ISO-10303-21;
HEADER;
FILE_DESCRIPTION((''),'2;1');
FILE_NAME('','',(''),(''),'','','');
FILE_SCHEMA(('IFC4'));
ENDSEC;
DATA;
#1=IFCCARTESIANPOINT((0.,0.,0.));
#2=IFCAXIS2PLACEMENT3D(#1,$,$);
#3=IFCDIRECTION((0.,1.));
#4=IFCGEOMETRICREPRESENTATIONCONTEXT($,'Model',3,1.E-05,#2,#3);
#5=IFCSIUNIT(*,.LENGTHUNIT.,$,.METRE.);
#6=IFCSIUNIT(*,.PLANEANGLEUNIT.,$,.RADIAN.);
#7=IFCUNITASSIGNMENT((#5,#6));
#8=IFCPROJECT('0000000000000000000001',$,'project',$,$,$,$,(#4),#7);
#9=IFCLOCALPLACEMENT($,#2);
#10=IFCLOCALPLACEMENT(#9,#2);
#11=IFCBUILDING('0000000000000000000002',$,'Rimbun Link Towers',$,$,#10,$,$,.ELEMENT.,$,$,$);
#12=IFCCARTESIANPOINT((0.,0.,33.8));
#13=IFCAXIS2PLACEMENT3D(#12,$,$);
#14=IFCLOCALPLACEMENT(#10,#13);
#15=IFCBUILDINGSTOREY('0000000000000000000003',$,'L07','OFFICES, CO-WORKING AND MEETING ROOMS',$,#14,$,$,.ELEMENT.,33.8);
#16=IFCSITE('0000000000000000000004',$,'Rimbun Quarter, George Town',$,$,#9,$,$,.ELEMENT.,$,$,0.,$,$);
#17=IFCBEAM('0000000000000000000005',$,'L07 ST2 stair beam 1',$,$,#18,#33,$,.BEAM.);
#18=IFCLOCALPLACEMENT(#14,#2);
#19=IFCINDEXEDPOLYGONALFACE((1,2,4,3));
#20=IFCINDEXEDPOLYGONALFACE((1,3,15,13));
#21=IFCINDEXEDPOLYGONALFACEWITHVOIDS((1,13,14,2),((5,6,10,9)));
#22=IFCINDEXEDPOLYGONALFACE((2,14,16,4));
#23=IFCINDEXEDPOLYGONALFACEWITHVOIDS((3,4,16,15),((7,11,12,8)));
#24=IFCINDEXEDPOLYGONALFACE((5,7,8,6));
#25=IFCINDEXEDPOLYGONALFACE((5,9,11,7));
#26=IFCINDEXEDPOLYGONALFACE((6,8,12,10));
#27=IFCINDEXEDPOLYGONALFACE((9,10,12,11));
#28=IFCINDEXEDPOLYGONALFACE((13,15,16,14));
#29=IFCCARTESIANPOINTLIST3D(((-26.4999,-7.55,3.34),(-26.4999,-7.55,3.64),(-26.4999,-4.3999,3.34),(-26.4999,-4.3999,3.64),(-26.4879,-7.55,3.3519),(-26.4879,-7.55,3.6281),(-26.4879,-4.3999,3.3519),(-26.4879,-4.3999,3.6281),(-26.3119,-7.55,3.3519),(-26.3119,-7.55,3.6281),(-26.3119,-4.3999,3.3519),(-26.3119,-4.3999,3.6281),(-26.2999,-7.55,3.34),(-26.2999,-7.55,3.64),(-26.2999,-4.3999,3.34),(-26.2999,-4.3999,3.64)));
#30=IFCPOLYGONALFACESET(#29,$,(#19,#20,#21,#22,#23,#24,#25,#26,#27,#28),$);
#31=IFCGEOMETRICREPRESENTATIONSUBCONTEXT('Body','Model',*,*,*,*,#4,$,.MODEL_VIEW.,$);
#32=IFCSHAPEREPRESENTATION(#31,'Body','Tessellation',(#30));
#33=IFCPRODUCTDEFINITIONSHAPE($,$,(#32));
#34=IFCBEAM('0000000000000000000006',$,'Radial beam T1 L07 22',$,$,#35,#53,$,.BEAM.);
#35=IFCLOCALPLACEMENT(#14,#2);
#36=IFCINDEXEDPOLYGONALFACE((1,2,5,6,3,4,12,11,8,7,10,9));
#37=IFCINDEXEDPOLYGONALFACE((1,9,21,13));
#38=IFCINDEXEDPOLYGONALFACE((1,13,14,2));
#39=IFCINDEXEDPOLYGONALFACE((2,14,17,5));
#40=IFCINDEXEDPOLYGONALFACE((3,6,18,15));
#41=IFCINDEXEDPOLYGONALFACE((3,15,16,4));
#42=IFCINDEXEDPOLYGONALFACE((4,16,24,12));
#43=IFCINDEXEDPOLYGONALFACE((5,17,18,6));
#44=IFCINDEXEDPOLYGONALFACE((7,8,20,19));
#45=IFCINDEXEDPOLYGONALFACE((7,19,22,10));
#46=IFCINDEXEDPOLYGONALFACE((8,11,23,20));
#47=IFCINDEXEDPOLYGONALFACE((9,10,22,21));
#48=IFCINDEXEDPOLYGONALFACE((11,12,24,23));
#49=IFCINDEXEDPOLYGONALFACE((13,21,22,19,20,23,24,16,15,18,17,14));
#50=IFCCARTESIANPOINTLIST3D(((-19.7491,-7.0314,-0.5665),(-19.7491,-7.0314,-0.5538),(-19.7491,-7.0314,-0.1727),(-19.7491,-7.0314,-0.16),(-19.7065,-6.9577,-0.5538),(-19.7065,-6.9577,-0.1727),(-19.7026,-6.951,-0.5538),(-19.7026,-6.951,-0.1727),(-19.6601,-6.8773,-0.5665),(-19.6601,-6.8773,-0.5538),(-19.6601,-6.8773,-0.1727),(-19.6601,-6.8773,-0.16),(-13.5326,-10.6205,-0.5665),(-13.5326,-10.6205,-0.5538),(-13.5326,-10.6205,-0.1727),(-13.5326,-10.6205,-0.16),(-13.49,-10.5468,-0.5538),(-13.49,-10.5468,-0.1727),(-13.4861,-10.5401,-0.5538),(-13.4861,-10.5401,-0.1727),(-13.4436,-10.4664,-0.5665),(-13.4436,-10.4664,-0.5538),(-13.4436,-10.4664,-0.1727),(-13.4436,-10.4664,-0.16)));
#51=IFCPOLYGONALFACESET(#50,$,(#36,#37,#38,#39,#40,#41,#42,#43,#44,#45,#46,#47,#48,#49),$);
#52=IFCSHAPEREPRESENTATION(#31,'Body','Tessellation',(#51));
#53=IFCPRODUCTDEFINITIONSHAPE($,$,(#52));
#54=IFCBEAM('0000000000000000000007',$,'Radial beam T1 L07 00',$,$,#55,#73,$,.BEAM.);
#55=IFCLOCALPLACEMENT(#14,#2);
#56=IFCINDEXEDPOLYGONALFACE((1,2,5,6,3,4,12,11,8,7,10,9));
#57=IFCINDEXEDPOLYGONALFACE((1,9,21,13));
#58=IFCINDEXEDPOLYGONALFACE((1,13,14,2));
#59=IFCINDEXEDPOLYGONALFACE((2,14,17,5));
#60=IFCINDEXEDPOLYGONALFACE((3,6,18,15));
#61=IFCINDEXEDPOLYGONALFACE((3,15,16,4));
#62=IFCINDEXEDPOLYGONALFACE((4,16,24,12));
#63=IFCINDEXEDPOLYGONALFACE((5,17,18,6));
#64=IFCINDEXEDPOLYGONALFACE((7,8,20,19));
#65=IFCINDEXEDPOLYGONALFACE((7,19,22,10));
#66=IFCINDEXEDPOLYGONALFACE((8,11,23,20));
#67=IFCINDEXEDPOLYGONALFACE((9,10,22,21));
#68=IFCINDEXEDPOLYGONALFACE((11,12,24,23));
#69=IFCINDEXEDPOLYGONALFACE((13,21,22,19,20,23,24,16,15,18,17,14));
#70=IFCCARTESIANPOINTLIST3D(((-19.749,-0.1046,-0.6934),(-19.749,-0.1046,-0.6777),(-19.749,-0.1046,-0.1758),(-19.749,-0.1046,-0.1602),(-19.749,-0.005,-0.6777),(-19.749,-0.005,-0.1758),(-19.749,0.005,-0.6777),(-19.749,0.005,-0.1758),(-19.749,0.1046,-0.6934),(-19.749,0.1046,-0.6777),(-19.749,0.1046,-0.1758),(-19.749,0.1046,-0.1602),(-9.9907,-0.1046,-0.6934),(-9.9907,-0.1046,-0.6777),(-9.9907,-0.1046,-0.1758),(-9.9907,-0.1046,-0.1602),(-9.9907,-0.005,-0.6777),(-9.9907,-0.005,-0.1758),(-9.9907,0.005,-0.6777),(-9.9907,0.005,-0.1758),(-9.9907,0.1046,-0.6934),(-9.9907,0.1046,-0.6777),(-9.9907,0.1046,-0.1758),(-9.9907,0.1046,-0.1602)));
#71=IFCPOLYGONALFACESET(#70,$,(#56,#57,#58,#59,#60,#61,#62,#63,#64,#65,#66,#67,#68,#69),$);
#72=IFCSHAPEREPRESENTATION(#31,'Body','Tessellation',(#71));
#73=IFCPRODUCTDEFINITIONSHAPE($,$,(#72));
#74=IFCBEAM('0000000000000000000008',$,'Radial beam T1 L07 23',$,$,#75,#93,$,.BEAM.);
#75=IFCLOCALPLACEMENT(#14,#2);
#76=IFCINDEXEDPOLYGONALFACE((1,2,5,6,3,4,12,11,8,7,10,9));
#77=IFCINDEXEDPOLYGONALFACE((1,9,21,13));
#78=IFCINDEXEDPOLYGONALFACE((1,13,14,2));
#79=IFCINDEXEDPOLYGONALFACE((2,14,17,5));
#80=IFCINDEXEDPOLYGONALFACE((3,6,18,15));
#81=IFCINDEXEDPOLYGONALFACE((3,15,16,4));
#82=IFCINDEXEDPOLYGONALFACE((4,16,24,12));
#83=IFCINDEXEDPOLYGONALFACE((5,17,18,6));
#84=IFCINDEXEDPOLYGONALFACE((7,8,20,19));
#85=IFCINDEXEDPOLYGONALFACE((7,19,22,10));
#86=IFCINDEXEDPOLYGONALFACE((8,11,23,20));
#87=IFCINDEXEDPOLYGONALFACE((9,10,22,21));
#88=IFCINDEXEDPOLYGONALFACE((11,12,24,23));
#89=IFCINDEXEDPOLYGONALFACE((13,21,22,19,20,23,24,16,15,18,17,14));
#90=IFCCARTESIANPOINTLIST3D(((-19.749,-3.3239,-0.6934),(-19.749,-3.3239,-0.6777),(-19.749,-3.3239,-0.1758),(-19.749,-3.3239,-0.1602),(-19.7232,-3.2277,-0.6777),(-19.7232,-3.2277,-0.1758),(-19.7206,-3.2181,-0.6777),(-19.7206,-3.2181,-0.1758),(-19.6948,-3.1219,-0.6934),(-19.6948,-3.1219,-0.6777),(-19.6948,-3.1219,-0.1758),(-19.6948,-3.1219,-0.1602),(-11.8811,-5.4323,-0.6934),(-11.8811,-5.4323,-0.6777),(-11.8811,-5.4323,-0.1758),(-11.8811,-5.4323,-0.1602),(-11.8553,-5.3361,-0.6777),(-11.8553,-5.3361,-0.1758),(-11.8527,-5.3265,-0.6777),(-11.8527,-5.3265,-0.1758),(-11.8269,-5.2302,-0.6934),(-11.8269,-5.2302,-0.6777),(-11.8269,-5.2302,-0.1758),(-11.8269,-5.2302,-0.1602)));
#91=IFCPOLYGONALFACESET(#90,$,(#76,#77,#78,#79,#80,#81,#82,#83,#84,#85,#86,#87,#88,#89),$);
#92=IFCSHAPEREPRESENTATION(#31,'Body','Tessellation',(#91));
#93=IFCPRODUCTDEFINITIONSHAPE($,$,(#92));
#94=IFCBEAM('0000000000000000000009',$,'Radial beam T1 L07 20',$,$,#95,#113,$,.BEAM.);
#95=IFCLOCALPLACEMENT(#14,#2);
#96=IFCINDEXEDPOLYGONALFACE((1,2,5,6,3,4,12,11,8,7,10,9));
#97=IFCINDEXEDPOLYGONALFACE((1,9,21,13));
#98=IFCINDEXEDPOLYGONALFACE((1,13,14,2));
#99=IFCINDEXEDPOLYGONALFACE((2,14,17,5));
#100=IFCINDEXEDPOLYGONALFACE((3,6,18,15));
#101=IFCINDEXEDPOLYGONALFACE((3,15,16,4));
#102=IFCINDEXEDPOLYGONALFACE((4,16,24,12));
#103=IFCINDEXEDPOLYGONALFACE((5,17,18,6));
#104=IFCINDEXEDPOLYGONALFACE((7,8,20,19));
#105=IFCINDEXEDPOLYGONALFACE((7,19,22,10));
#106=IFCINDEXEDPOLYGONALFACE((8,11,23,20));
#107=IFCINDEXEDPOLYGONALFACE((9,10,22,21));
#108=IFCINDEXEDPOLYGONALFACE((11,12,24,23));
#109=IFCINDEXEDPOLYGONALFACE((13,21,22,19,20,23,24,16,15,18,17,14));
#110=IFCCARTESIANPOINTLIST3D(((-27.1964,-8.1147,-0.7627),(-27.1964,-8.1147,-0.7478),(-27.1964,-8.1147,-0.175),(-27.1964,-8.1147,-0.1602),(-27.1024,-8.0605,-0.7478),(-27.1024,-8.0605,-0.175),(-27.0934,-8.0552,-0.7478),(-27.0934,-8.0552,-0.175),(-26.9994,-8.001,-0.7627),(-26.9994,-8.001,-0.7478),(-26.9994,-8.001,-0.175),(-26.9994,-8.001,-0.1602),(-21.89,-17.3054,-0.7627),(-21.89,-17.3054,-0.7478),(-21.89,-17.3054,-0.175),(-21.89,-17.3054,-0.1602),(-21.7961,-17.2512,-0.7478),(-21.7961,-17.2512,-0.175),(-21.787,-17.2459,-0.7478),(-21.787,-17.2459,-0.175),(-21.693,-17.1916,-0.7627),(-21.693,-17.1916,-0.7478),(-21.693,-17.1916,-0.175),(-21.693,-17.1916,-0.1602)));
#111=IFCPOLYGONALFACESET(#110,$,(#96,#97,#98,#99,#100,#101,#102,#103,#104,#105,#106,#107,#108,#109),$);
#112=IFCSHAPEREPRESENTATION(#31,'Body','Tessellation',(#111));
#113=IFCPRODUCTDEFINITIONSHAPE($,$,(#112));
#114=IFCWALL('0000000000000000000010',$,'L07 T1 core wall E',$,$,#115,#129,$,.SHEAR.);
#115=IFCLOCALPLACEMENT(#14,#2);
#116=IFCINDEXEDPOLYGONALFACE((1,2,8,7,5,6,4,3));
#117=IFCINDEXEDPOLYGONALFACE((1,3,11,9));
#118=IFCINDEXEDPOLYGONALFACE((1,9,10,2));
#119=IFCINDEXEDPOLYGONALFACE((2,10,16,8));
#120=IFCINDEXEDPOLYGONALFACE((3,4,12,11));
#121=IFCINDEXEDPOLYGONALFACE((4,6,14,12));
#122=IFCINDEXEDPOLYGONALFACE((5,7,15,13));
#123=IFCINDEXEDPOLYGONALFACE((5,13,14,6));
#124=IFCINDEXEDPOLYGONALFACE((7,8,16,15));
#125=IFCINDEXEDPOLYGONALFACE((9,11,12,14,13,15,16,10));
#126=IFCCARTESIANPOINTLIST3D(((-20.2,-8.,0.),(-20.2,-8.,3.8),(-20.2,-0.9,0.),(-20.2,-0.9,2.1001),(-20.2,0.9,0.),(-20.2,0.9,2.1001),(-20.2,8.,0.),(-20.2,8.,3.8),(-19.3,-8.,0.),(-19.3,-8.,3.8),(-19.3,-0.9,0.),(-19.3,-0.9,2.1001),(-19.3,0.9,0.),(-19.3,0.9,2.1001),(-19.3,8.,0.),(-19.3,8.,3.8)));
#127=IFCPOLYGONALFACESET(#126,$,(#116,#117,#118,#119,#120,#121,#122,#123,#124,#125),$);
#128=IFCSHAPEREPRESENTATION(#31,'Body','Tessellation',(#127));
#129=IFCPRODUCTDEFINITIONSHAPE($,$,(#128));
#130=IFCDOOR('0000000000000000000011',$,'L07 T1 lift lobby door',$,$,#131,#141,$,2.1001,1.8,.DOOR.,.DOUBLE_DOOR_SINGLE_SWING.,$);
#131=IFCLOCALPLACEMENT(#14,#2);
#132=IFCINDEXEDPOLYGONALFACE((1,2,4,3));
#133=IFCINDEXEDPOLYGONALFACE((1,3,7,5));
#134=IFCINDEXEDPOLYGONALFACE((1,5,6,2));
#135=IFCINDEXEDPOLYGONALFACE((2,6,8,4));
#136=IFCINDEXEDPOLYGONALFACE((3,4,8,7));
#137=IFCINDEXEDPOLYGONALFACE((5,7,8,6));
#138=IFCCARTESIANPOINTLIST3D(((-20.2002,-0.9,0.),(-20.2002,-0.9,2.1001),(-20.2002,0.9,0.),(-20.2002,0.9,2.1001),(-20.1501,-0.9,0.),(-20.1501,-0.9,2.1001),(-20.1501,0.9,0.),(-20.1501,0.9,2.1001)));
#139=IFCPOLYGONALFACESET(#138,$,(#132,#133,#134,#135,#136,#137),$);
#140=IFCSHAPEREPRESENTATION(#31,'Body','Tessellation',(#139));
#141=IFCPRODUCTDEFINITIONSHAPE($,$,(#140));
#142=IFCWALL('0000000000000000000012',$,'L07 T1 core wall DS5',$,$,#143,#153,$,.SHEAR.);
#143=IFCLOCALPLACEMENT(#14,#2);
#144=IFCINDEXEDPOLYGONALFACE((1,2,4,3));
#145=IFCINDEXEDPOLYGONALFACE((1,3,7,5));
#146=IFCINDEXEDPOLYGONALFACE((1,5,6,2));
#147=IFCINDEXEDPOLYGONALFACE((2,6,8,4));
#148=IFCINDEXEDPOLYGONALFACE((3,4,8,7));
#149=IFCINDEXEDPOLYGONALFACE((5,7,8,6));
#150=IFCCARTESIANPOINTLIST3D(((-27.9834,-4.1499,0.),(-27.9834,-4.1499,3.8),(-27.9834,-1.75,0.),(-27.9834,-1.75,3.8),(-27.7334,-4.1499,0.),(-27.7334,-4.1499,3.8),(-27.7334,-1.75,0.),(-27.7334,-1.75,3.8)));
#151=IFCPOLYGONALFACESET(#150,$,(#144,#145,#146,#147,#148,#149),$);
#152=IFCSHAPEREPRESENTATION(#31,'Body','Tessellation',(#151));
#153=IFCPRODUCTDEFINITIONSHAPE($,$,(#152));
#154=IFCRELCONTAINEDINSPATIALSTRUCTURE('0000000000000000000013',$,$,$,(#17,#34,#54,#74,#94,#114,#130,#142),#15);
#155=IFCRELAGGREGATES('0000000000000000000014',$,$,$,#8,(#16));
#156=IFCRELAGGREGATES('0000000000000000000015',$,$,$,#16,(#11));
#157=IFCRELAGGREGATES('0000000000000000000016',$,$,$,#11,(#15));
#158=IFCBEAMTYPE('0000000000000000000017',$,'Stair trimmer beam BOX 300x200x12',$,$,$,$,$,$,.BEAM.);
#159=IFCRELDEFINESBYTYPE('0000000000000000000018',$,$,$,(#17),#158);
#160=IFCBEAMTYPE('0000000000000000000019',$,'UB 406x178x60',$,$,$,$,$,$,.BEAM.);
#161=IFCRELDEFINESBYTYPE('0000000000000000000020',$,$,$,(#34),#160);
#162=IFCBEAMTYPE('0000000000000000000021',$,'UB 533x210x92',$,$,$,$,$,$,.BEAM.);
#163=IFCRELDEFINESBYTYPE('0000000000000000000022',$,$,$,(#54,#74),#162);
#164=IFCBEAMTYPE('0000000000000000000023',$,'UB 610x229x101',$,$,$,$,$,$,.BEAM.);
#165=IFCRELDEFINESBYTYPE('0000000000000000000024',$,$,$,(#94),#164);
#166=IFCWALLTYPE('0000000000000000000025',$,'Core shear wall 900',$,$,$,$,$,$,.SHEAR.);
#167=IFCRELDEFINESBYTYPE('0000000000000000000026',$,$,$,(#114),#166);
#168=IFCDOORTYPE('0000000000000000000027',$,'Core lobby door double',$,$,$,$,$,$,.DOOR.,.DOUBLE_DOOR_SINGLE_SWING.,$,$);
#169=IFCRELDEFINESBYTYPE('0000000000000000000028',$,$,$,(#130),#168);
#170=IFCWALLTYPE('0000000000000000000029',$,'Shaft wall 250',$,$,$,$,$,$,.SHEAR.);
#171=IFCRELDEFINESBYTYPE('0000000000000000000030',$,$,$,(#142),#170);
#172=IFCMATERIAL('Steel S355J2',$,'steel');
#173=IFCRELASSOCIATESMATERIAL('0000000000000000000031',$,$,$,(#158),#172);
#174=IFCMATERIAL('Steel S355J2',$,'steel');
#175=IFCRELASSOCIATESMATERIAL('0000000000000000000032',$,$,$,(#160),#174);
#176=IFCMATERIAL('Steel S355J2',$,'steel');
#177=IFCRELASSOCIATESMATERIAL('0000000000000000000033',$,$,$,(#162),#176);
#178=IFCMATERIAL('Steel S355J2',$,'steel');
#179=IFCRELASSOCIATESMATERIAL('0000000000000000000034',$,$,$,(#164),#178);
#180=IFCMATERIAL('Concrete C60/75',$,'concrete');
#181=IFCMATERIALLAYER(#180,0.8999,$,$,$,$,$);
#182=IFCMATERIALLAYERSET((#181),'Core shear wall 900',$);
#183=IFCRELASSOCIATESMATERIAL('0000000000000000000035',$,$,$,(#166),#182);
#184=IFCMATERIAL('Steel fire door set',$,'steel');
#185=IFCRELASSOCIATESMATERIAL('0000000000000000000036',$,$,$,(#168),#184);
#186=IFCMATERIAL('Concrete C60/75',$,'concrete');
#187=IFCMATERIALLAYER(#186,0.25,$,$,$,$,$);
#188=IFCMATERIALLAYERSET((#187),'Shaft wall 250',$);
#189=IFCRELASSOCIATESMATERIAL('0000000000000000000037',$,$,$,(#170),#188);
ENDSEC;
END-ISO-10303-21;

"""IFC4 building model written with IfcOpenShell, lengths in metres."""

from ifc_helpers import new_model, si_unit, direction, frame, frame_2d, origin, origin_2d, place, context, subcontext, project, spatial, rectangle, hollow_rectangle, i_section, extrude, material, layer, layer_set, material_profile, profile_set, type_object, element, fill, save


model = new_model("IFC4")

# Units and contexts
model_context = context("Model", 3, precision=1e-05, world=origin(), true_north=direction((0.0, 1.0)))
body_context = subcontext(model_context, "Body", "Model", "MODEL_VIEW")
ifc_project = project(units=[si_unit("LENGTHUNIT", "METRE"), si_unit("PLANEANGLEUNIT", "RADIAN")], contexts=[model_context])

# Site, building, storey
site_placement = place(None, origin())
site = spatial("IfcSite", under=ifc_project, at=site_placement, Name="Rimbun Quarter, George Town", CompositionType="ELEMENT", RefElevation=0.0)
building_placement = place(site_placement, origin())
building = spatial("IfcBuilding", under=site, at=building_placement, Name="Rimbun Link Towers", CompositionType="ELEMENT")
storey_placement = place(building_placement, frame((0.0, 0.0, 33.8)))
storey = spatial("IfcBuildingStorey", under=building, at=storey_placement, Name="L07", Description="OFFICES, CO-WORKING AND MEETING ROOMS", CompositionType="ELEMENT", Elevation=33.8)

# Beams
ifc_material_1 = material(Name="Steel S355J2", Category="steel")
ifc_material_profile_1 = material_profile(ifc_material_1, hollow_rectangle(XDim=0.2, YDim=0.3, WallThickness=0.012, at=origin_2d()), Name="BOX 300x200x12")
ifc_profile_set_1 = profile_set([ifc_material_profile_1], Name="Steel S355J2")
beam_type_1 = type_object("IfcBeamType", Name="Stair trimmer beam BOX 300x200x12", PredefinedType="BEAM", material=ifc_profile_set_1)
beam_1_placement = place(storey_placement, frame((-26.3999, -7.55, 3.49), z_axis=(0.0, 1.0, 0.0), x_axis=(-1.0, 0.0, 0.0)))
element("IfcBeam", 1, at=beam_1_placement, inside=storey, type_object=beam_type_1, Name="L07 ST2 stair beam 1", PredefinedType="BEAM", context=body_context, shape_type="SweptSolid", body=[
    extrude(hollow_rectangle(XDim=0.2, YDim=0.3, WallThickness=0.012, at=origin_2d()), origin(), (0.0, 0.0, 1.0), 3.1501),
])
ifc_material_2 = material(Name="Steel S355J2", Category="steel")
ifc_material_profile_2 = material_profile(ifc_material_2, i_section(OverallWidth=0.178, OverallDepth=0.4065, WebThickness=0.0078, FlangeThickness=0.0127, at=origin_2d()), Name="UB 406x178x60")
ifc_profile_set_2 = profile_set([ifc_material_profile_2], Name="Steel S355J2")
beam_type_2 = type_object("IfcBeamType", Name="UB 406x178x60", PredefinedType="BEAM", material=ifc_profile_set_2)
beam_2_placement = place(storey_placement, frame((-19.7046, -6.9543, -0.3633), z_axis=(0.866026, -0.499998, 0.0), x_axis=(0.499998, 0.866026, 0.0)))
element("IfcBeam", 2, at=beam_2_placement, inside=storey, type_object=beam_type_2, Name="Radial beam T1 L07 22", PredefinedType="BEAM", context=body_context, shape_type="SweptSolid", body=[
    extrude(i_section(OverallWidth=0.178, OverallDepth=0.4065, WebThickness=0.0078, FlangeThickness=0.0127, at=origin_2d()), origin(), (0.0, 0.0, 1.0), 7.1782),
])
ifc_material_3 = material(Name="Steel S355J2", Category="steel")
ifc_material_profile_3 = material_profile(ifc_material_3, i_section(OverallWidth=0.2092, OverallDepth=0.5332, WebThickness=0.01, FlangeThickness=0.0156, at=origin_2d()), Name="UB 533x210x92")
ifc_profile_set_3 = profile_set([ifc_material_profile_3], Name="Steel S355J2")
beam_type_3 = type_object("IfcBeamType", Name="UB 533x210x92", PredefinedType="BEAM", material=ifc_profile_set_3)
beam_3_placement = place(storey_placement, frame((-19.749, 0.0, -0.4268), z_axis=(1.0, 0.0, 0.0), x_axis=(0.0, 1.0, 0.0)))
element("IfcBeam", 3, at=beam_3_placement, inside=storey, type_object=beam_type_3, Name="Radial beam T1 L07 00", PredefinedType="BEAM", context=body_context, shape_type="SweptSolid", body=[
    extrude(i_section(OverallWidth=0.2092, OverallDepth=0.5332, WebThickness=0.01, FlangeThickness=0.0156, at=origin_2d()), origin(), (0.0, 0.0, 1.0), 9.7583),
])
beam_4_placement = place(storey_placement, frame((-19.7219, -3.2229, -0.4268), z_axis=(0.96592, -0.258841, 0.0), x_axis=(0.258841, 0.96592, 0.0)))
element("IfcBeam", 4, at=beam_4_placement, inside=storey, type_object=beam_type_3, Name="Radial beam T1 L07 23", PredefinedType="BEAM", context=body_context, shape_type="SweptSolid", body=[
    extrude(i_section(OverallWidth=0.2092, OverallDepth=0.5332, WebThickness=0.01, FlangeThickness=0.0156, at=origin_2d()), origin(), (0.0, 0.0, 1.0), 8.1455),
])
ifc_material_4 = material(Name="Steel S355J2", Category="steel")
ifc_material_profile_4 = material_profile(ifc_material_4, i_section(OverallWidth=0.2275, OverallDepth=0.6025, WebThickness=0.0105, FlangeThickness=0.0149, at=origin_2d()), Name="UB 610x229x101")
ifc_profile_set_4 = profile_set([ifc_material_profile_4], Name="Steel S355J2")
beam_type_4 = type_object("IfcBeamType", Name="UB 610x229x101", PredefinedType="BEAM", material=ifc_profile_set_4)
beam_5_placement = place(storey_placement, frame((-27.0979, -8.0579, -0.4614), z_axis=(0.500011, -0.866019, 0.0), x_axis=(0.866019, 0.500011, 0.0)))
element("IfcBeam", 5, at=beam_5_placement, inside=storey, type_object=beam_type_4, Name="Radial beam T1 L07 20", PredefinedType="BEAM", context=body_context, shape_type="SweptSolid", body=[
    extrude(i_section(OverallWidth=0.2275, OverallDepth=0.6025, WebThickness=0.0105, FlangeThickness=0.0149, at=origin_2d()), origin(), (0.0, 0.0, 1.0), 10.6125),
])

# Wall, opening, door
ifc_material_5 = material(Name="Concrete C60/75", Category="concrete")
ifc_layer_1 = layer(ifc_material_5, 0.8999)
ifc_layer_set_1 = layer_set([ifc_layer_1], Name="Core shear wall 900")
wall_type_1 = type_object("IfcWallType", Name="Core shear wall 900", PredefinedType="SHEAR", material=ifc_layer_set_1)
wall_1_placement = place(storey_placement, frame((-19.75, -8.0, 0.0), z_axis=(0.0, 0.0, 1.0), x_axis=(0.0, 1.0, 0.0)))
wall_1 = element("IfcWall", 6, at=wall_1_placement, inside=storey, type_object=wall_type_1, Name="L07 T1 core wall E", PredefinedType="SHEAR", context=body_context, shape_type="SweptSolid", body=[
    extrude(rectangle(XDim=16.0, YDim=0.8999, at=frame_2d((8.0, 0.0))), origin(), (0.0, 0.0, 1.0), 3.8),
])
opening_1_placement = place(wall_1_placement, frame((7.1001, 0.0, 0.0)))
opening_1 = element("IfcOpeningElement", 7, at=opening_1_placement, cuts=wall_1, PredefinedType="OPENING", context=body_context, shape_type="SweptSolid", body=[
    extrude(rectangle(XDim=1.8, YDim=2.1001, at=frame_2d((0.8999, 1.05))), frame((0.0, 0.46, 0.0), z_axis=(0.0, -1.0, 0.0), x_axis=(1.0, 0.0, 0.0)), (0.0, 0.0, 1.0), 0.9199),
])
ifc_material_6 = material(Name="Steel fire door set", Category="steel")
door_type_1 = type_object("IfcDoorType", Name="Core lobby door double", OperationType="DOUBLE_DOOR_SINGLE_SWING", PredefinedType="DOOR", material=ifc_material_6)
door_1_placement = place(opening_1_placement, origin())
door_1 = element("IfcDoor", 8, at=door_1_placement, inside=storey, type_object=door_type_1, Name="L07 T1 lift lobby door", OperationType="DOUBLE_DOOR_SINGLE_SWING", OverallHeight=2.1001, OverallWidth=1.8, PredefinedType="DOOR", context=body_context, shape_type="SweptSolid", body=[
    extrude(rectangle(XDim=1.8, YDim=2.1001, at=frame_2d((0.8999, 1.05))), frame((0.0, 0.4502, 0.0), z_axis=(0.0, -1.0, 0.0), x_axis=(1.0, 0.0, 0.0)), (0.0, 0.0, 1.0), 0.05),
])
fill(opening_1, door_1)

# Wall
ifc_material_7 = material(Name="Concrete C60/75", Category="concrete")
ifc_layer_2 = layer(ifc_material_7, 0.25)
ifc_layer_set_2 = layer_set([ifc_layer_2], Name="Shaft wall 250")
wall_type_2 = type_object("IfcWallType", Name="Shaft wall 250", PredefinedType="SHEAR", material=ifc_layer_set_2)
wall_2_placement = place(storey_placement, frame((-27.8584, -4.1499, 0.0), z_axis=(0.0, 0.0, 1.0), x_axis=(0.0, 1.0, 0.0)))
element("IfcWall", 9, at=wall_2_placement, inside=storey, type_object=wall_type_2, Name="L07 T1 core wall DS5", PredefinedType="SHEAR", context=body_context, shape_type="SweptSolid", body=[
    extrude(rectangle(XDim=2.3999, YDim=0.25, at=frame_2d((1.2, 0.0))), origin(), (0.0, 0.0, 1.0), 3.8),
])

save(model, "model.ifc")
